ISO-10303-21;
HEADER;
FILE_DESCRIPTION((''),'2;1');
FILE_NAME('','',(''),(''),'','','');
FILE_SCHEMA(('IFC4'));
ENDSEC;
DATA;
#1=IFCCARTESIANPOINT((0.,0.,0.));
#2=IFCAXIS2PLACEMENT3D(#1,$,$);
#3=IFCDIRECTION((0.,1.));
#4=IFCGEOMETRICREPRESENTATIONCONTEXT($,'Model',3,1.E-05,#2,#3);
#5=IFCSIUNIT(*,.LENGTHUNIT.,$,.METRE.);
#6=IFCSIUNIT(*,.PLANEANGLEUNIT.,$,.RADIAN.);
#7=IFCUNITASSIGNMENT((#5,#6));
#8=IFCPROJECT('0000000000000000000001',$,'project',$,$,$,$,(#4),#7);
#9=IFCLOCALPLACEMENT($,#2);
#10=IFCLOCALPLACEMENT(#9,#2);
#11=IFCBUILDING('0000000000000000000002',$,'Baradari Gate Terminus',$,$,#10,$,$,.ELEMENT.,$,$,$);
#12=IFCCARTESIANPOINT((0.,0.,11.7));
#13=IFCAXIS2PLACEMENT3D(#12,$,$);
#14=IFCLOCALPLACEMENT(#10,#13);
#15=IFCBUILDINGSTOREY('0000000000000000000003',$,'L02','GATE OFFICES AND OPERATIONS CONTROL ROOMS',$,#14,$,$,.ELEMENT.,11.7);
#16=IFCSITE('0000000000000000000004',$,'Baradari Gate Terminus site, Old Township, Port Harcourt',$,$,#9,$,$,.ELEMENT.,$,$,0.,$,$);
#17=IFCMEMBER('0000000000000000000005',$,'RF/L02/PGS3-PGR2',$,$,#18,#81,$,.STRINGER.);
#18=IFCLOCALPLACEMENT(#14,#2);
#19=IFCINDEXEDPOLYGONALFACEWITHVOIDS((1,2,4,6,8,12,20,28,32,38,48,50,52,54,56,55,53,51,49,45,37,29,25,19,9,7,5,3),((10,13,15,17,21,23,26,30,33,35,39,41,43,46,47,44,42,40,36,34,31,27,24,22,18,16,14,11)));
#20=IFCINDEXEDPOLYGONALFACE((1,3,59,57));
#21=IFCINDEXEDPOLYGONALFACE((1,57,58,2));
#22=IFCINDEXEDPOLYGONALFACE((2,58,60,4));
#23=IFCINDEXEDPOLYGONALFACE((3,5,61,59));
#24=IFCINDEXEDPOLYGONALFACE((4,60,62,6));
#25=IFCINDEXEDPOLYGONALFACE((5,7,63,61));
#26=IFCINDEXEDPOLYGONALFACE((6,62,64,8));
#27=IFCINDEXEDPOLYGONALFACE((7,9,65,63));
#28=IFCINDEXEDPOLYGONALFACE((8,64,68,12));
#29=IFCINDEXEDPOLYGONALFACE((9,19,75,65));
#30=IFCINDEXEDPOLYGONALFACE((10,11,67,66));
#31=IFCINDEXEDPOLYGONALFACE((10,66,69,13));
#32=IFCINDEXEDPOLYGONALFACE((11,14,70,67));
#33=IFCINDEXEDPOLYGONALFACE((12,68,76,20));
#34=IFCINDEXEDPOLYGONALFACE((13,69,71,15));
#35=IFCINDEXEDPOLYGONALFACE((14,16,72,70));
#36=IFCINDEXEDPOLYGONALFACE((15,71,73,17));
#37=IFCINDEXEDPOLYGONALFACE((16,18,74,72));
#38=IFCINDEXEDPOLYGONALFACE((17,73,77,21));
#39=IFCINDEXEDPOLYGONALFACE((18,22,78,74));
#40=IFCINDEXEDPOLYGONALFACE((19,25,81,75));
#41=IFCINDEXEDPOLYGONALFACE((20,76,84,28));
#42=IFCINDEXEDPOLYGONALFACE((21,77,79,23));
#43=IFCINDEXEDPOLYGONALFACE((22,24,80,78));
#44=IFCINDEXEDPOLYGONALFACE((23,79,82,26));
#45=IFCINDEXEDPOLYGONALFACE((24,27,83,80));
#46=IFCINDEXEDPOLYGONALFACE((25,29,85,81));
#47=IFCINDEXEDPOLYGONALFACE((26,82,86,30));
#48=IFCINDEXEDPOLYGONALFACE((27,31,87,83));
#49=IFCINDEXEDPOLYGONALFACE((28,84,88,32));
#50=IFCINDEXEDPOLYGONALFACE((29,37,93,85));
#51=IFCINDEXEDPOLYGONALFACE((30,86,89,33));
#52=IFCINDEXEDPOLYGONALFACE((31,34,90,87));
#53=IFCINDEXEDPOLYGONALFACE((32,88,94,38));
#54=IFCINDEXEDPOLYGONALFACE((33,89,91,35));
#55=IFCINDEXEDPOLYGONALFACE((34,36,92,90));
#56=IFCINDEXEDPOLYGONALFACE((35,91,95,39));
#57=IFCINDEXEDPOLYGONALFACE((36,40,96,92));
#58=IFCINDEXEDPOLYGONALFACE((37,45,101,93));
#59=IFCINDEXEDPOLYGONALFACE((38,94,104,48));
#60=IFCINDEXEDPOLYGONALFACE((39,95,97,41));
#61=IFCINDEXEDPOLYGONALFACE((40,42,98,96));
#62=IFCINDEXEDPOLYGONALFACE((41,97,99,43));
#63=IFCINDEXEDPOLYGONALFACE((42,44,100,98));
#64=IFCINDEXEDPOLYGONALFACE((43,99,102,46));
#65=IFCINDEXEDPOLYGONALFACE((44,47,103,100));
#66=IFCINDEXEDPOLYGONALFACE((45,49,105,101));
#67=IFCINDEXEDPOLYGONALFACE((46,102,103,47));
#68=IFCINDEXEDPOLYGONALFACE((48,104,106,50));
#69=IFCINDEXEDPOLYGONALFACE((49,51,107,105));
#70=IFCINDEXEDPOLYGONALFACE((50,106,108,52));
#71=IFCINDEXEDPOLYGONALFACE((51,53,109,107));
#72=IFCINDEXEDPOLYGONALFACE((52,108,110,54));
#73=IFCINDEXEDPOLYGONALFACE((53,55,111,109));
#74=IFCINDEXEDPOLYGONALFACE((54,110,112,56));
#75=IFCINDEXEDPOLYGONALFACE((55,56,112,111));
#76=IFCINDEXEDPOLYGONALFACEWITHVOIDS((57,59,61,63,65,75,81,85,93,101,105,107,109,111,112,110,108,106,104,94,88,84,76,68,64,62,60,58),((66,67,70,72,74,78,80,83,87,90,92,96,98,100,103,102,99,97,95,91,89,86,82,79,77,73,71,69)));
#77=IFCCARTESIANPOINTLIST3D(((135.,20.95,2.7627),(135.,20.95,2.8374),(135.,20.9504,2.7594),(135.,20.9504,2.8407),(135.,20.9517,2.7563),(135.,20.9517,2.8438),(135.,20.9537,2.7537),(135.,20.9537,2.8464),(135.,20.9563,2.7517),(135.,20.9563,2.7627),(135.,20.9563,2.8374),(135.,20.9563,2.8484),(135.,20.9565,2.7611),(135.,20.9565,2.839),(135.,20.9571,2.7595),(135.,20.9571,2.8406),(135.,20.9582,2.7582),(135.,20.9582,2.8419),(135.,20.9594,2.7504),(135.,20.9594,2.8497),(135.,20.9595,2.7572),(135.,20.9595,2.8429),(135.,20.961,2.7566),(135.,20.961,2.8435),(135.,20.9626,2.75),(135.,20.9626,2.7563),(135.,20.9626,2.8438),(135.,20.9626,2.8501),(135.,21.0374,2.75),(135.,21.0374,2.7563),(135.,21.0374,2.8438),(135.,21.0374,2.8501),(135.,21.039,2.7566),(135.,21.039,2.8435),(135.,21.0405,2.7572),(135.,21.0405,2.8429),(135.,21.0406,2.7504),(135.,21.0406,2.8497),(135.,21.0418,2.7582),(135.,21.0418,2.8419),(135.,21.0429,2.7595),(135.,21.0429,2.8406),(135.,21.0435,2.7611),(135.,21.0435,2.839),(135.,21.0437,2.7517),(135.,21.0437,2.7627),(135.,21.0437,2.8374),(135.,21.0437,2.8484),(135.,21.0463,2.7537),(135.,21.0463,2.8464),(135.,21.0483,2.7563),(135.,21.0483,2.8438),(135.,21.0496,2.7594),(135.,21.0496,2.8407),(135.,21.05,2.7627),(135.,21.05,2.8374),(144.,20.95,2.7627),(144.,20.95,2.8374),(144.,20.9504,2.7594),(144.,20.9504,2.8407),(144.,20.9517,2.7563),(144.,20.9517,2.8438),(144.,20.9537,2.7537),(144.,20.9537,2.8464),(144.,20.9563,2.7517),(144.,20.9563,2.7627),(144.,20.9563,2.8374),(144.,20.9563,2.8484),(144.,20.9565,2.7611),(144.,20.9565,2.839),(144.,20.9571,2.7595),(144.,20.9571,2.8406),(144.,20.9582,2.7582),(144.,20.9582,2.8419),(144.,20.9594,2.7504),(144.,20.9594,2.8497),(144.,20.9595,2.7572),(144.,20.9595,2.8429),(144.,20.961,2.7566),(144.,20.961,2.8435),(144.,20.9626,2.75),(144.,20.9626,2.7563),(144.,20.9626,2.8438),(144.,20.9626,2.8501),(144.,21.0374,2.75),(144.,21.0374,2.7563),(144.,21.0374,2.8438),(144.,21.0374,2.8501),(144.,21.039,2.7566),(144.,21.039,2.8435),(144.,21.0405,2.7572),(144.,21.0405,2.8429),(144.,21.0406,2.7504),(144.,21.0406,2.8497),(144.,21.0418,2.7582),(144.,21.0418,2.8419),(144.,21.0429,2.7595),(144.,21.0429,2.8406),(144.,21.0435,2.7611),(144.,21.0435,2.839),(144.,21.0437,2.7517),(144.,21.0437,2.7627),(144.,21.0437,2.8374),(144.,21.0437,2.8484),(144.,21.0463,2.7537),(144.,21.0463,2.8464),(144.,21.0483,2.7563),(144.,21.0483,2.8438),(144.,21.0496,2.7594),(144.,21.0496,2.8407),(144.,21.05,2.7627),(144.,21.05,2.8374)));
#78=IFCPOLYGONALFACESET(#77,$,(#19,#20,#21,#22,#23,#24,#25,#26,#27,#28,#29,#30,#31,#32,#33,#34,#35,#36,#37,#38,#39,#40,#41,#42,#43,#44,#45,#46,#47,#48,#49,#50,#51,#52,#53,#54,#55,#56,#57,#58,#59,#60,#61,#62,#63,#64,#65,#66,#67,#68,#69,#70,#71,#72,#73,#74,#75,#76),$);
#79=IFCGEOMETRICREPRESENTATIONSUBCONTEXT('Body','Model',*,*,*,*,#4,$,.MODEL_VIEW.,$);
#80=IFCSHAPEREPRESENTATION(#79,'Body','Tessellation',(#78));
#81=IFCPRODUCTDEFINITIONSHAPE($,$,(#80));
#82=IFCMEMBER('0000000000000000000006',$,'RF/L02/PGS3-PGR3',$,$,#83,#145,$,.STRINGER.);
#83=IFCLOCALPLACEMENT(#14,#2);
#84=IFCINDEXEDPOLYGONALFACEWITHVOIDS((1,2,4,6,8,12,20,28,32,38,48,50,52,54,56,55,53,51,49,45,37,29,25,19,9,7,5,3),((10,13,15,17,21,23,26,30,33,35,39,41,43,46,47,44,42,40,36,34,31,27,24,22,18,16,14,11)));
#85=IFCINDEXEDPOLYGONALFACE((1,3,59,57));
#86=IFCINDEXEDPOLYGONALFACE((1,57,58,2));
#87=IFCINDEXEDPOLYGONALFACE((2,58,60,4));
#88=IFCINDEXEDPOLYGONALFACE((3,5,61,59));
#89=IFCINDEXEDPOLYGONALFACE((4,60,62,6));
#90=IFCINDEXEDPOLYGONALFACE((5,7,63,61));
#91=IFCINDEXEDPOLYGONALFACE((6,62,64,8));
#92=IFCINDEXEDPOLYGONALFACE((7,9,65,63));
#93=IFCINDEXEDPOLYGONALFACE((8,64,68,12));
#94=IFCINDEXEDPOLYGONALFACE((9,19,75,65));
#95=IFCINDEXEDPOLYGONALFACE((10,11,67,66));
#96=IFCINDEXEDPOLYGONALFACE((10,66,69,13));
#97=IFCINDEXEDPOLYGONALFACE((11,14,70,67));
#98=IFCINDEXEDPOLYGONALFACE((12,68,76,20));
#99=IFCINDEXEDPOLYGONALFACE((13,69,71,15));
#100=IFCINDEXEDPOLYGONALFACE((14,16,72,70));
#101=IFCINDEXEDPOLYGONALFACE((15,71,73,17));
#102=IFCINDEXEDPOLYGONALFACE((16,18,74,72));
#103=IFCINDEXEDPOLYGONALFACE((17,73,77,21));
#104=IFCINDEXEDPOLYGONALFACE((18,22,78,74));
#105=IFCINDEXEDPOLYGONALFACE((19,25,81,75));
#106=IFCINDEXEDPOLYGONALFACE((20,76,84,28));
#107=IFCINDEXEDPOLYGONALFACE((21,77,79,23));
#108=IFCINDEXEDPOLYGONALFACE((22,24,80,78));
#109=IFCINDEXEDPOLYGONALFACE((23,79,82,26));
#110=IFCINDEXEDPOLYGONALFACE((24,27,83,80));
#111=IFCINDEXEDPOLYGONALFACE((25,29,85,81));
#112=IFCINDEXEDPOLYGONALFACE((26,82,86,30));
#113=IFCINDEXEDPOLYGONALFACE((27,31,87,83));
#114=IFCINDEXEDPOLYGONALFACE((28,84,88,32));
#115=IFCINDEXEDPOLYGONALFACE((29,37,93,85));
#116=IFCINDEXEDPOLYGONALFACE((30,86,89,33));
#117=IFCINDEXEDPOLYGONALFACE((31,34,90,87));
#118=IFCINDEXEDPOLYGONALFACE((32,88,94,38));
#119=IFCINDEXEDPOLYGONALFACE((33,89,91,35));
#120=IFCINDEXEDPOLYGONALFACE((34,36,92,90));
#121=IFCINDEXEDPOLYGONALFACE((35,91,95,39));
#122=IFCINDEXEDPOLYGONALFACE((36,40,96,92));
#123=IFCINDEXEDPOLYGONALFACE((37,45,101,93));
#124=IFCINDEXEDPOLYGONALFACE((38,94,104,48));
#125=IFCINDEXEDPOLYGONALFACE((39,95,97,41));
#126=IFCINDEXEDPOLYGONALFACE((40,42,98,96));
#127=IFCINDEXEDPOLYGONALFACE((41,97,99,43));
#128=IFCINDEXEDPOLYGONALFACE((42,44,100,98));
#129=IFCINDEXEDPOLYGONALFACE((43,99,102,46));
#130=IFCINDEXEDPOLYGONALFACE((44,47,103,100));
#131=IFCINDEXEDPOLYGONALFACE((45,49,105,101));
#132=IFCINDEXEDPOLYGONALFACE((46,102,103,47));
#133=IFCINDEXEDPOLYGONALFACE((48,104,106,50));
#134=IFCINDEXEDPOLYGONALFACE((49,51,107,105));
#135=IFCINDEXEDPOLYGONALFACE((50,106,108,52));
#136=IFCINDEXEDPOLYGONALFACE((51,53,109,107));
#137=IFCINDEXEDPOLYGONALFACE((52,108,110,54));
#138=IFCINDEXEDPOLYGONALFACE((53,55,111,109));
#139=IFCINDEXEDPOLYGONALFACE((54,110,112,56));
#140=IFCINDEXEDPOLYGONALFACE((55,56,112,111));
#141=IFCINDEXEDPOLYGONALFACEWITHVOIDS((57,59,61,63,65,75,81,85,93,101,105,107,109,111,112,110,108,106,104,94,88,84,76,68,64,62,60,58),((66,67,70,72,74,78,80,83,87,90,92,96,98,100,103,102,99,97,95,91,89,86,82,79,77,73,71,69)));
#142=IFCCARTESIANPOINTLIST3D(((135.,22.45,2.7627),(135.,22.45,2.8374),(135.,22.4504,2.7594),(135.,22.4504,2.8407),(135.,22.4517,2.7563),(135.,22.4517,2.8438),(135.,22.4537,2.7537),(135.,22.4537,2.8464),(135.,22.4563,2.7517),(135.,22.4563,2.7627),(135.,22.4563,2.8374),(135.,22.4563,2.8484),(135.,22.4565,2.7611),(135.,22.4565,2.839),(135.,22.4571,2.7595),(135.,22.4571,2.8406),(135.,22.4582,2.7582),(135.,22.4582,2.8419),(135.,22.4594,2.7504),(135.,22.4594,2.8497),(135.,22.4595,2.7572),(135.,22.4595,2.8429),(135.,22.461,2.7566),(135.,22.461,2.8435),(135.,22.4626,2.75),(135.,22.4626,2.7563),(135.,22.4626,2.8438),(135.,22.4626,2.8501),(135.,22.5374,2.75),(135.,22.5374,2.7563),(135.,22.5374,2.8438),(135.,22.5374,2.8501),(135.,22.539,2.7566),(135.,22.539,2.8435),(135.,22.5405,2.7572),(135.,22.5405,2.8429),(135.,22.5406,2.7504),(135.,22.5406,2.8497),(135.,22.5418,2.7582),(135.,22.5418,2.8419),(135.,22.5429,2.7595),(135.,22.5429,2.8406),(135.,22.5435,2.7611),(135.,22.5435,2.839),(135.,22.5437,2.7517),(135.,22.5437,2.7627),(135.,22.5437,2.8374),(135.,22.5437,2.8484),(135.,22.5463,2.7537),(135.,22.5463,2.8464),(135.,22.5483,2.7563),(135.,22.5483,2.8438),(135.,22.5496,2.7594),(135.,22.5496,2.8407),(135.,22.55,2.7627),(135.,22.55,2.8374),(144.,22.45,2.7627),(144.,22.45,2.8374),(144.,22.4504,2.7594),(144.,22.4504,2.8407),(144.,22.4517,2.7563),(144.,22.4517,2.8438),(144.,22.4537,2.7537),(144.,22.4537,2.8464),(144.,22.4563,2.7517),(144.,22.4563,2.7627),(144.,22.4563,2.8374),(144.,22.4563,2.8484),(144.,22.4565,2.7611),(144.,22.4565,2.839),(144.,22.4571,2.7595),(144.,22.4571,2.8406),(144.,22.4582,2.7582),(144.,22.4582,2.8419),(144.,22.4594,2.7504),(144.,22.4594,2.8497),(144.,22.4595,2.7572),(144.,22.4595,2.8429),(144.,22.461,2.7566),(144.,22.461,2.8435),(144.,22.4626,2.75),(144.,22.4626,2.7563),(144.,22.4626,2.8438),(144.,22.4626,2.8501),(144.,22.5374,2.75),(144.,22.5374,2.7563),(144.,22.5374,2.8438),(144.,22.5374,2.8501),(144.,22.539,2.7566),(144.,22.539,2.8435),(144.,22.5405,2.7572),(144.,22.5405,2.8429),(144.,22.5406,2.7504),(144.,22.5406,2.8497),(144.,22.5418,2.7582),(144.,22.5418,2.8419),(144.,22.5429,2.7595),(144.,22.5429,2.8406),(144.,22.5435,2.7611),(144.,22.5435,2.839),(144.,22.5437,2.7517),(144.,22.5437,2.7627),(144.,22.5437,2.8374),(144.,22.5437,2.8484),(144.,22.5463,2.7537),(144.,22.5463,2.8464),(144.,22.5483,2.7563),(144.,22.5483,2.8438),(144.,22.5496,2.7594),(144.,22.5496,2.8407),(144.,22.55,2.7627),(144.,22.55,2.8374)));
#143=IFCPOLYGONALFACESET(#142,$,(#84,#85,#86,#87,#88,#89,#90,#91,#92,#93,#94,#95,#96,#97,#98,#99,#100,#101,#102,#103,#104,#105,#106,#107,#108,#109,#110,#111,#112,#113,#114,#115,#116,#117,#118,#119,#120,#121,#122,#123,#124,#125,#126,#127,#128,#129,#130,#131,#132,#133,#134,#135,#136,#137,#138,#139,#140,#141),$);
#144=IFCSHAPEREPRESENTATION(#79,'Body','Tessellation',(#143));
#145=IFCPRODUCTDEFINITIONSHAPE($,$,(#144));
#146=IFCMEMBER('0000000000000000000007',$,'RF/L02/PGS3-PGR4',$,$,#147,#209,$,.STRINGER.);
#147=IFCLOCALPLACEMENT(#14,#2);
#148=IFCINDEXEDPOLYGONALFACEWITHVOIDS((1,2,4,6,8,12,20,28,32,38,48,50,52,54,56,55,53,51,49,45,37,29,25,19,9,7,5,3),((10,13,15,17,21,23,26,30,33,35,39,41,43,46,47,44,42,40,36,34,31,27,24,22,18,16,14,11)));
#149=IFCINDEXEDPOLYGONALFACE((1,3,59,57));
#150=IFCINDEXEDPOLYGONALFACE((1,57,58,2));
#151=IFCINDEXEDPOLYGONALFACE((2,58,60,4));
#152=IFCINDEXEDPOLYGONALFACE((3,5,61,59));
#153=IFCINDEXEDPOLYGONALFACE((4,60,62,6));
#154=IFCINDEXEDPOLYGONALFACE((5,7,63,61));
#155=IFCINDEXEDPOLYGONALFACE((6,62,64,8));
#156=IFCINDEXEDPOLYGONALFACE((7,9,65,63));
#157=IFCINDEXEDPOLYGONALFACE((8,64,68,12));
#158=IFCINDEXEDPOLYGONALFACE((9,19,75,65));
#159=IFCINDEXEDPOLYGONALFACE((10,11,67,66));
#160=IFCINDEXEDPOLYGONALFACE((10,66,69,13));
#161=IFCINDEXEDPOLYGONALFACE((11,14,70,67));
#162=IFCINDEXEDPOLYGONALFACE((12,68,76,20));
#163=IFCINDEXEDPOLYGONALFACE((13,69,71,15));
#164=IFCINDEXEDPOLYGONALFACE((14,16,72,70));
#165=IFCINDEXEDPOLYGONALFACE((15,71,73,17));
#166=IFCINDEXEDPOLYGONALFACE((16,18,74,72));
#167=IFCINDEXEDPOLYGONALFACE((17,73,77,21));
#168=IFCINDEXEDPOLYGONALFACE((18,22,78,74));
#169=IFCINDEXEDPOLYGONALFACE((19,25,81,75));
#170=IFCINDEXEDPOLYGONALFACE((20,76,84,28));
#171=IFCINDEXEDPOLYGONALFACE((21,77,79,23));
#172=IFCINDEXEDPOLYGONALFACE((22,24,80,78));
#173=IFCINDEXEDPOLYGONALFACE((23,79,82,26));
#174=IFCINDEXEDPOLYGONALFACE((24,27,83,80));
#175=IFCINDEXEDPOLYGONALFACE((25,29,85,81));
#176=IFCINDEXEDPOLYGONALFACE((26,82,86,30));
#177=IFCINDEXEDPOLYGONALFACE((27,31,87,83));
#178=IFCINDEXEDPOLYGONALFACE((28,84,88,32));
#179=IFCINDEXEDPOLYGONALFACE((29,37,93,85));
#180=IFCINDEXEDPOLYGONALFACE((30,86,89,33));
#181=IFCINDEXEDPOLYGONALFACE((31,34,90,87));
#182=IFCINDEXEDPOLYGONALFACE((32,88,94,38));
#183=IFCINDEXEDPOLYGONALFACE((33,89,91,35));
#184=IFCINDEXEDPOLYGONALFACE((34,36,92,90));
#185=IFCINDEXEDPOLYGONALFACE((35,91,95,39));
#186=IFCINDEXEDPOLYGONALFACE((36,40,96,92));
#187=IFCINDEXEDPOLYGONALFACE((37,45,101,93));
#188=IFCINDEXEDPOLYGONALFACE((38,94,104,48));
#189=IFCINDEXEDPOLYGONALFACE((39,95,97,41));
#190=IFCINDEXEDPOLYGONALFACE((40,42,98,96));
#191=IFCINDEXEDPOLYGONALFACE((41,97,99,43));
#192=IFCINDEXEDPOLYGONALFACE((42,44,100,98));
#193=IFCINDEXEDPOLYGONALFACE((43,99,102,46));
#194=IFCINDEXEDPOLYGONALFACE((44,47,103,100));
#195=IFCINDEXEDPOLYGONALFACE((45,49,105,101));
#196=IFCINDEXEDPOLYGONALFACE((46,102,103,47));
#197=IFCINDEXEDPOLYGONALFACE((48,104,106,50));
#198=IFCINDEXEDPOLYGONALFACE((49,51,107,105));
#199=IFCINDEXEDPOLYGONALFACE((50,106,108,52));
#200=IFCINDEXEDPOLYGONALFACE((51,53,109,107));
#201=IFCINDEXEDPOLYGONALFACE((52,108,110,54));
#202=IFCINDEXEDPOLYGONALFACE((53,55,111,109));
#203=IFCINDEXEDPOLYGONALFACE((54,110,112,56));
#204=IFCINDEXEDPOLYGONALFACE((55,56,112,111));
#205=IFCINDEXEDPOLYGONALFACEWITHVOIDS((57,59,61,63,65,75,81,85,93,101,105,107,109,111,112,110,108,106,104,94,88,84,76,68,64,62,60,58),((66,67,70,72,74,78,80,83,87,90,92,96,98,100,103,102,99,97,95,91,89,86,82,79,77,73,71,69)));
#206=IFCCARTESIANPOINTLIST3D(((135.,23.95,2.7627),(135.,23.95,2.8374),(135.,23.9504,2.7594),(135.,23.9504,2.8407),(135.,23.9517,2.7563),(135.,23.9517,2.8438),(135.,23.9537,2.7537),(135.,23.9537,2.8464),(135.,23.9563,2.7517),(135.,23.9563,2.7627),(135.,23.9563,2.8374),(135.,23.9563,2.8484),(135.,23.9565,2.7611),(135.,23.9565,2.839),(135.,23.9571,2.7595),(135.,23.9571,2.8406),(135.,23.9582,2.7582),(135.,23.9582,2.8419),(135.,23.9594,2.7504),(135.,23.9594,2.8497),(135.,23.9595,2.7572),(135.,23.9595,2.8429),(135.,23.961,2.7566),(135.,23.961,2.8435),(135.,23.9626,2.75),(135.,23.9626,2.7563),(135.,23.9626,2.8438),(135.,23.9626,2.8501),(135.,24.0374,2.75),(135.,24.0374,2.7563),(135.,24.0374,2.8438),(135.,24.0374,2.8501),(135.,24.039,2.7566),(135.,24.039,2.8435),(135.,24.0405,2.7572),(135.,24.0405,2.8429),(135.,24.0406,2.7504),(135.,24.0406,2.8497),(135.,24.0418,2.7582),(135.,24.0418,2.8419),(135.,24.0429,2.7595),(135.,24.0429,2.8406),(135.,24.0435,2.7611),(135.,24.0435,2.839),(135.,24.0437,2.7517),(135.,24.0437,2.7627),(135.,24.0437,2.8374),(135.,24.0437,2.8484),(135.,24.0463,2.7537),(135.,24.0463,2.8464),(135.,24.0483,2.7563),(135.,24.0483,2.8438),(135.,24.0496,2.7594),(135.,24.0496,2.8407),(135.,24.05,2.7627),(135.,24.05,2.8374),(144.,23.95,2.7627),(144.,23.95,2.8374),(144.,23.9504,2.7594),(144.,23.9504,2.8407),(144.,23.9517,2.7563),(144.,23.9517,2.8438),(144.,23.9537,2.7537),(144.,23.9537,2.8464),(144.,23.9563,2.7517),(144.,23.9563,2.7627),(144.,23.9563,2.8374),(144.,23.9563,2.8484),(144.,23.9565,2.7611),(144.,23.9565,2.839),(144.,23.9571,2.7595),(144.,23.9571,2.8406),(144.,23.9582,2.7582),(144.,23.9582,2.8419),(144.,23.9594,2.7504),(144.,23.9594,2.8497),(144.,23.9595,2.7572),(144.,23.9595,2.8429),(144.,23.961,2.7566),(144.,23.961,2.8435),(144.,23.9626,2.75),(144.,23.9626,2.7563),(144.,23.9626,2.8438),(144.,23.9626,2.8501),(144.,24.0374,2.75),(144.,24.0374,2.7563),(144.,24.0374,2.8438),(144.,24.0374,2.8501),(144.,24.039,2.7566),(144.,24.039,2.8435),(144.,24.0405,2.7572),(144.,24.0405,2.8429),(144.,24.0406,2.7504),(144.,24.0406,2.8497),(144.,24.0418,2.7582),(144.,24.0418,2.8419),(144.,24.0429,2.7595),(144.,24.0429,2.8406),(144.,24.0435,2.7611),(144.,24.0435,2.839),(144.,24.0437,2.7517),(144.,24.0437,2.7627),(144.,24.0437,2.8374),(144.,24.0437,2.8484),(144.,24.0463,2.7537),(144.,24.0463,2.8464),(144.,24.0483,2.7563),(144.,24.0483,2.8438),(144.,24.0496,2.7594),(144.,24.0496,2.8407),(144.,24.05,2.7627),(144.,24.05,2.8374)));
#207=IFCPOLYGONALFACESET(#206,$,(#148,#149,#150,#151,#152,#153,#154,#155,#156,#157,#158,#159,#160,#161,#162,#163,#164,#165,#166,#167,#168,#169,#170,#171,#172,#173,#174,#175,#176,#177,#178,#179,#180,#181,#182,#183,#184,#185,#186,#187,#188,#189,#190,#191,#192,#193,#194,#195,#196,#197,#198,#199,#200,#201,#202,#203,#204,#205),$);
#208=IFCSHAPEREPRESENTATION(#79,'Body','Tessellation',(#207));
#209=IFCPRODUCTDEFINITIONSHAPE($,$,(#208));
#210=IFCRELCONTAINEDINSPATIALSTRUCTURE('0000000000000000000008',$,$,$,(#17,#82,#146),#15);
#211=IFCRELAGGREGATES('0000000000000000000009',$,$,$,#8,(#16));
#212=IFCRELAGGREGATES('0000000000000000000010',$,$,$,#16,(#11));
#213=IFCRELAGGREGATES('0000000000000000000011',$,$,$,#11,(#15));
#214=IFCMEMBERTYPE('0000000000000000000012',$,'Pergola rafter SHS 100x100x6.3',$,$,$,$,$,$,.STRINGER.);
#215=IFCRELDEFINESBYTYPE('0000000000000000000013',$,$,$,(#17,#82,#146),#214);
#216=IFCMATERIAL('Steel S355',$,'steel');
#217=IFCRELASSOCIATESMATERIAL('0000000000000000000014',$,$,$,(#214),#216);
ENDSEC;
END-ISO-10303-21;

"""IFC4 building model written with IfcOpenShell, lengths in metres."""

from ifc_helpers import new_model, si_unit, direction, frame, origin, origin_2d, place, context, subcontext, project, spatial, hollow_rectangle, extrude, material, material_profile, profile_set, type_object, element, save


model = new_model("IFC4")

# Units and contexts
model_context = context("Model", 3, precision=1e-05, world=origin(), true_north=direction((0.0, 1.0)))
body_context = subcontext(model_context, "Body", "Model", "MODEL_VIEW")
ifc_project = project(units=[si_unit("LENGTHUNIT", "METRE"), si_unit("PLANEANGLEUNIT", "RADIAN")], contexts=[model_context])

# Site, building, storey
site_placement = place(None, origin())
site = spatial("IfcSite", under=ifc_project, at=site_placement, Name="Baradari Gate Terminus site, Old Township, Port Harcourt", CompositionType="ELEMENT", RefElevation=0.0)
building_placement = place(site_placement, origin())
building = spatial("IfcBuilding", under=site, at=building_placement, Name="Baradari Gate Terminus", CompositionType="ELEMENT")
storey_placement = place(building_placement, frame((0.0, 0.0, 11.7)))
storey = spatial("IfcBuildingStorey", under=building, at=storey_placement, Name="L02", Description="GATE OFFICES AND OPERATIONS CONTROL ROOMS", CompositionType="ELEMENT", Elevation=11.7)

# Members
ifc_material_1 = material(Name="Steel S355", Category="steel")
ifc_material_profile_1 = material_profile(ifc_material_1, hollow_rectangle(XDim=0.1001, YDim=0.1001, WallThickness=0.0063, InnerFilletRadius=0.0063, OuterFilletRadius=0.0127, at=origin_2d()), Name="SHS 100x100x6.3")
ifc_profile_set_1 = profile_set([ifc_material_profile_1], Name="Steel S355")
member_type = type_object("IfcMemberType", Name="Pergola rafter SHS 100x100x6.3", PredefinedType="STRINGER", material=ifc_profile_set_1)
for number, where, z_axis, x_axis, name in (
    (1, (135.0, 21.0, 2.8), (1.0, 0.0, 0.0), (0.0, 1.0, 0.0), "RF/L02/PGS3-PGR2"),
    (2, (135.0, 22.5, 2.8), (1.0, 0.0, 0.0), (0.0, 1.0, 0.0), "RF/L02/PGS3-PGR3"),
    (3, (135.0, 24.0, 2.8), (1.0, 0.0, 0.0), (0.0, 1.0, 0.0), "RF/L02/PGS3-PGR4"),
):
    element("IfcMember", number, at=place(storey_placement, frame(where, z_axis=z_axis, x_axis=x_axis)), inside=storey, type_object=member_type, Name=name, PredefinedType="STRINGER", context=body_context, shape_type="SweptSolid", body=[
        extrude(hollow_rectangle(XDim=0.1001, YDim=0.1001, WallThickness=0.0063, InnerFilletRadius=0.0063, OuterFilletRadius=0.0127, at=origin_2d()), origin(), (0.0, 0.0, 1.0), 9.0),
    ])

save(model, "model.ifc")
